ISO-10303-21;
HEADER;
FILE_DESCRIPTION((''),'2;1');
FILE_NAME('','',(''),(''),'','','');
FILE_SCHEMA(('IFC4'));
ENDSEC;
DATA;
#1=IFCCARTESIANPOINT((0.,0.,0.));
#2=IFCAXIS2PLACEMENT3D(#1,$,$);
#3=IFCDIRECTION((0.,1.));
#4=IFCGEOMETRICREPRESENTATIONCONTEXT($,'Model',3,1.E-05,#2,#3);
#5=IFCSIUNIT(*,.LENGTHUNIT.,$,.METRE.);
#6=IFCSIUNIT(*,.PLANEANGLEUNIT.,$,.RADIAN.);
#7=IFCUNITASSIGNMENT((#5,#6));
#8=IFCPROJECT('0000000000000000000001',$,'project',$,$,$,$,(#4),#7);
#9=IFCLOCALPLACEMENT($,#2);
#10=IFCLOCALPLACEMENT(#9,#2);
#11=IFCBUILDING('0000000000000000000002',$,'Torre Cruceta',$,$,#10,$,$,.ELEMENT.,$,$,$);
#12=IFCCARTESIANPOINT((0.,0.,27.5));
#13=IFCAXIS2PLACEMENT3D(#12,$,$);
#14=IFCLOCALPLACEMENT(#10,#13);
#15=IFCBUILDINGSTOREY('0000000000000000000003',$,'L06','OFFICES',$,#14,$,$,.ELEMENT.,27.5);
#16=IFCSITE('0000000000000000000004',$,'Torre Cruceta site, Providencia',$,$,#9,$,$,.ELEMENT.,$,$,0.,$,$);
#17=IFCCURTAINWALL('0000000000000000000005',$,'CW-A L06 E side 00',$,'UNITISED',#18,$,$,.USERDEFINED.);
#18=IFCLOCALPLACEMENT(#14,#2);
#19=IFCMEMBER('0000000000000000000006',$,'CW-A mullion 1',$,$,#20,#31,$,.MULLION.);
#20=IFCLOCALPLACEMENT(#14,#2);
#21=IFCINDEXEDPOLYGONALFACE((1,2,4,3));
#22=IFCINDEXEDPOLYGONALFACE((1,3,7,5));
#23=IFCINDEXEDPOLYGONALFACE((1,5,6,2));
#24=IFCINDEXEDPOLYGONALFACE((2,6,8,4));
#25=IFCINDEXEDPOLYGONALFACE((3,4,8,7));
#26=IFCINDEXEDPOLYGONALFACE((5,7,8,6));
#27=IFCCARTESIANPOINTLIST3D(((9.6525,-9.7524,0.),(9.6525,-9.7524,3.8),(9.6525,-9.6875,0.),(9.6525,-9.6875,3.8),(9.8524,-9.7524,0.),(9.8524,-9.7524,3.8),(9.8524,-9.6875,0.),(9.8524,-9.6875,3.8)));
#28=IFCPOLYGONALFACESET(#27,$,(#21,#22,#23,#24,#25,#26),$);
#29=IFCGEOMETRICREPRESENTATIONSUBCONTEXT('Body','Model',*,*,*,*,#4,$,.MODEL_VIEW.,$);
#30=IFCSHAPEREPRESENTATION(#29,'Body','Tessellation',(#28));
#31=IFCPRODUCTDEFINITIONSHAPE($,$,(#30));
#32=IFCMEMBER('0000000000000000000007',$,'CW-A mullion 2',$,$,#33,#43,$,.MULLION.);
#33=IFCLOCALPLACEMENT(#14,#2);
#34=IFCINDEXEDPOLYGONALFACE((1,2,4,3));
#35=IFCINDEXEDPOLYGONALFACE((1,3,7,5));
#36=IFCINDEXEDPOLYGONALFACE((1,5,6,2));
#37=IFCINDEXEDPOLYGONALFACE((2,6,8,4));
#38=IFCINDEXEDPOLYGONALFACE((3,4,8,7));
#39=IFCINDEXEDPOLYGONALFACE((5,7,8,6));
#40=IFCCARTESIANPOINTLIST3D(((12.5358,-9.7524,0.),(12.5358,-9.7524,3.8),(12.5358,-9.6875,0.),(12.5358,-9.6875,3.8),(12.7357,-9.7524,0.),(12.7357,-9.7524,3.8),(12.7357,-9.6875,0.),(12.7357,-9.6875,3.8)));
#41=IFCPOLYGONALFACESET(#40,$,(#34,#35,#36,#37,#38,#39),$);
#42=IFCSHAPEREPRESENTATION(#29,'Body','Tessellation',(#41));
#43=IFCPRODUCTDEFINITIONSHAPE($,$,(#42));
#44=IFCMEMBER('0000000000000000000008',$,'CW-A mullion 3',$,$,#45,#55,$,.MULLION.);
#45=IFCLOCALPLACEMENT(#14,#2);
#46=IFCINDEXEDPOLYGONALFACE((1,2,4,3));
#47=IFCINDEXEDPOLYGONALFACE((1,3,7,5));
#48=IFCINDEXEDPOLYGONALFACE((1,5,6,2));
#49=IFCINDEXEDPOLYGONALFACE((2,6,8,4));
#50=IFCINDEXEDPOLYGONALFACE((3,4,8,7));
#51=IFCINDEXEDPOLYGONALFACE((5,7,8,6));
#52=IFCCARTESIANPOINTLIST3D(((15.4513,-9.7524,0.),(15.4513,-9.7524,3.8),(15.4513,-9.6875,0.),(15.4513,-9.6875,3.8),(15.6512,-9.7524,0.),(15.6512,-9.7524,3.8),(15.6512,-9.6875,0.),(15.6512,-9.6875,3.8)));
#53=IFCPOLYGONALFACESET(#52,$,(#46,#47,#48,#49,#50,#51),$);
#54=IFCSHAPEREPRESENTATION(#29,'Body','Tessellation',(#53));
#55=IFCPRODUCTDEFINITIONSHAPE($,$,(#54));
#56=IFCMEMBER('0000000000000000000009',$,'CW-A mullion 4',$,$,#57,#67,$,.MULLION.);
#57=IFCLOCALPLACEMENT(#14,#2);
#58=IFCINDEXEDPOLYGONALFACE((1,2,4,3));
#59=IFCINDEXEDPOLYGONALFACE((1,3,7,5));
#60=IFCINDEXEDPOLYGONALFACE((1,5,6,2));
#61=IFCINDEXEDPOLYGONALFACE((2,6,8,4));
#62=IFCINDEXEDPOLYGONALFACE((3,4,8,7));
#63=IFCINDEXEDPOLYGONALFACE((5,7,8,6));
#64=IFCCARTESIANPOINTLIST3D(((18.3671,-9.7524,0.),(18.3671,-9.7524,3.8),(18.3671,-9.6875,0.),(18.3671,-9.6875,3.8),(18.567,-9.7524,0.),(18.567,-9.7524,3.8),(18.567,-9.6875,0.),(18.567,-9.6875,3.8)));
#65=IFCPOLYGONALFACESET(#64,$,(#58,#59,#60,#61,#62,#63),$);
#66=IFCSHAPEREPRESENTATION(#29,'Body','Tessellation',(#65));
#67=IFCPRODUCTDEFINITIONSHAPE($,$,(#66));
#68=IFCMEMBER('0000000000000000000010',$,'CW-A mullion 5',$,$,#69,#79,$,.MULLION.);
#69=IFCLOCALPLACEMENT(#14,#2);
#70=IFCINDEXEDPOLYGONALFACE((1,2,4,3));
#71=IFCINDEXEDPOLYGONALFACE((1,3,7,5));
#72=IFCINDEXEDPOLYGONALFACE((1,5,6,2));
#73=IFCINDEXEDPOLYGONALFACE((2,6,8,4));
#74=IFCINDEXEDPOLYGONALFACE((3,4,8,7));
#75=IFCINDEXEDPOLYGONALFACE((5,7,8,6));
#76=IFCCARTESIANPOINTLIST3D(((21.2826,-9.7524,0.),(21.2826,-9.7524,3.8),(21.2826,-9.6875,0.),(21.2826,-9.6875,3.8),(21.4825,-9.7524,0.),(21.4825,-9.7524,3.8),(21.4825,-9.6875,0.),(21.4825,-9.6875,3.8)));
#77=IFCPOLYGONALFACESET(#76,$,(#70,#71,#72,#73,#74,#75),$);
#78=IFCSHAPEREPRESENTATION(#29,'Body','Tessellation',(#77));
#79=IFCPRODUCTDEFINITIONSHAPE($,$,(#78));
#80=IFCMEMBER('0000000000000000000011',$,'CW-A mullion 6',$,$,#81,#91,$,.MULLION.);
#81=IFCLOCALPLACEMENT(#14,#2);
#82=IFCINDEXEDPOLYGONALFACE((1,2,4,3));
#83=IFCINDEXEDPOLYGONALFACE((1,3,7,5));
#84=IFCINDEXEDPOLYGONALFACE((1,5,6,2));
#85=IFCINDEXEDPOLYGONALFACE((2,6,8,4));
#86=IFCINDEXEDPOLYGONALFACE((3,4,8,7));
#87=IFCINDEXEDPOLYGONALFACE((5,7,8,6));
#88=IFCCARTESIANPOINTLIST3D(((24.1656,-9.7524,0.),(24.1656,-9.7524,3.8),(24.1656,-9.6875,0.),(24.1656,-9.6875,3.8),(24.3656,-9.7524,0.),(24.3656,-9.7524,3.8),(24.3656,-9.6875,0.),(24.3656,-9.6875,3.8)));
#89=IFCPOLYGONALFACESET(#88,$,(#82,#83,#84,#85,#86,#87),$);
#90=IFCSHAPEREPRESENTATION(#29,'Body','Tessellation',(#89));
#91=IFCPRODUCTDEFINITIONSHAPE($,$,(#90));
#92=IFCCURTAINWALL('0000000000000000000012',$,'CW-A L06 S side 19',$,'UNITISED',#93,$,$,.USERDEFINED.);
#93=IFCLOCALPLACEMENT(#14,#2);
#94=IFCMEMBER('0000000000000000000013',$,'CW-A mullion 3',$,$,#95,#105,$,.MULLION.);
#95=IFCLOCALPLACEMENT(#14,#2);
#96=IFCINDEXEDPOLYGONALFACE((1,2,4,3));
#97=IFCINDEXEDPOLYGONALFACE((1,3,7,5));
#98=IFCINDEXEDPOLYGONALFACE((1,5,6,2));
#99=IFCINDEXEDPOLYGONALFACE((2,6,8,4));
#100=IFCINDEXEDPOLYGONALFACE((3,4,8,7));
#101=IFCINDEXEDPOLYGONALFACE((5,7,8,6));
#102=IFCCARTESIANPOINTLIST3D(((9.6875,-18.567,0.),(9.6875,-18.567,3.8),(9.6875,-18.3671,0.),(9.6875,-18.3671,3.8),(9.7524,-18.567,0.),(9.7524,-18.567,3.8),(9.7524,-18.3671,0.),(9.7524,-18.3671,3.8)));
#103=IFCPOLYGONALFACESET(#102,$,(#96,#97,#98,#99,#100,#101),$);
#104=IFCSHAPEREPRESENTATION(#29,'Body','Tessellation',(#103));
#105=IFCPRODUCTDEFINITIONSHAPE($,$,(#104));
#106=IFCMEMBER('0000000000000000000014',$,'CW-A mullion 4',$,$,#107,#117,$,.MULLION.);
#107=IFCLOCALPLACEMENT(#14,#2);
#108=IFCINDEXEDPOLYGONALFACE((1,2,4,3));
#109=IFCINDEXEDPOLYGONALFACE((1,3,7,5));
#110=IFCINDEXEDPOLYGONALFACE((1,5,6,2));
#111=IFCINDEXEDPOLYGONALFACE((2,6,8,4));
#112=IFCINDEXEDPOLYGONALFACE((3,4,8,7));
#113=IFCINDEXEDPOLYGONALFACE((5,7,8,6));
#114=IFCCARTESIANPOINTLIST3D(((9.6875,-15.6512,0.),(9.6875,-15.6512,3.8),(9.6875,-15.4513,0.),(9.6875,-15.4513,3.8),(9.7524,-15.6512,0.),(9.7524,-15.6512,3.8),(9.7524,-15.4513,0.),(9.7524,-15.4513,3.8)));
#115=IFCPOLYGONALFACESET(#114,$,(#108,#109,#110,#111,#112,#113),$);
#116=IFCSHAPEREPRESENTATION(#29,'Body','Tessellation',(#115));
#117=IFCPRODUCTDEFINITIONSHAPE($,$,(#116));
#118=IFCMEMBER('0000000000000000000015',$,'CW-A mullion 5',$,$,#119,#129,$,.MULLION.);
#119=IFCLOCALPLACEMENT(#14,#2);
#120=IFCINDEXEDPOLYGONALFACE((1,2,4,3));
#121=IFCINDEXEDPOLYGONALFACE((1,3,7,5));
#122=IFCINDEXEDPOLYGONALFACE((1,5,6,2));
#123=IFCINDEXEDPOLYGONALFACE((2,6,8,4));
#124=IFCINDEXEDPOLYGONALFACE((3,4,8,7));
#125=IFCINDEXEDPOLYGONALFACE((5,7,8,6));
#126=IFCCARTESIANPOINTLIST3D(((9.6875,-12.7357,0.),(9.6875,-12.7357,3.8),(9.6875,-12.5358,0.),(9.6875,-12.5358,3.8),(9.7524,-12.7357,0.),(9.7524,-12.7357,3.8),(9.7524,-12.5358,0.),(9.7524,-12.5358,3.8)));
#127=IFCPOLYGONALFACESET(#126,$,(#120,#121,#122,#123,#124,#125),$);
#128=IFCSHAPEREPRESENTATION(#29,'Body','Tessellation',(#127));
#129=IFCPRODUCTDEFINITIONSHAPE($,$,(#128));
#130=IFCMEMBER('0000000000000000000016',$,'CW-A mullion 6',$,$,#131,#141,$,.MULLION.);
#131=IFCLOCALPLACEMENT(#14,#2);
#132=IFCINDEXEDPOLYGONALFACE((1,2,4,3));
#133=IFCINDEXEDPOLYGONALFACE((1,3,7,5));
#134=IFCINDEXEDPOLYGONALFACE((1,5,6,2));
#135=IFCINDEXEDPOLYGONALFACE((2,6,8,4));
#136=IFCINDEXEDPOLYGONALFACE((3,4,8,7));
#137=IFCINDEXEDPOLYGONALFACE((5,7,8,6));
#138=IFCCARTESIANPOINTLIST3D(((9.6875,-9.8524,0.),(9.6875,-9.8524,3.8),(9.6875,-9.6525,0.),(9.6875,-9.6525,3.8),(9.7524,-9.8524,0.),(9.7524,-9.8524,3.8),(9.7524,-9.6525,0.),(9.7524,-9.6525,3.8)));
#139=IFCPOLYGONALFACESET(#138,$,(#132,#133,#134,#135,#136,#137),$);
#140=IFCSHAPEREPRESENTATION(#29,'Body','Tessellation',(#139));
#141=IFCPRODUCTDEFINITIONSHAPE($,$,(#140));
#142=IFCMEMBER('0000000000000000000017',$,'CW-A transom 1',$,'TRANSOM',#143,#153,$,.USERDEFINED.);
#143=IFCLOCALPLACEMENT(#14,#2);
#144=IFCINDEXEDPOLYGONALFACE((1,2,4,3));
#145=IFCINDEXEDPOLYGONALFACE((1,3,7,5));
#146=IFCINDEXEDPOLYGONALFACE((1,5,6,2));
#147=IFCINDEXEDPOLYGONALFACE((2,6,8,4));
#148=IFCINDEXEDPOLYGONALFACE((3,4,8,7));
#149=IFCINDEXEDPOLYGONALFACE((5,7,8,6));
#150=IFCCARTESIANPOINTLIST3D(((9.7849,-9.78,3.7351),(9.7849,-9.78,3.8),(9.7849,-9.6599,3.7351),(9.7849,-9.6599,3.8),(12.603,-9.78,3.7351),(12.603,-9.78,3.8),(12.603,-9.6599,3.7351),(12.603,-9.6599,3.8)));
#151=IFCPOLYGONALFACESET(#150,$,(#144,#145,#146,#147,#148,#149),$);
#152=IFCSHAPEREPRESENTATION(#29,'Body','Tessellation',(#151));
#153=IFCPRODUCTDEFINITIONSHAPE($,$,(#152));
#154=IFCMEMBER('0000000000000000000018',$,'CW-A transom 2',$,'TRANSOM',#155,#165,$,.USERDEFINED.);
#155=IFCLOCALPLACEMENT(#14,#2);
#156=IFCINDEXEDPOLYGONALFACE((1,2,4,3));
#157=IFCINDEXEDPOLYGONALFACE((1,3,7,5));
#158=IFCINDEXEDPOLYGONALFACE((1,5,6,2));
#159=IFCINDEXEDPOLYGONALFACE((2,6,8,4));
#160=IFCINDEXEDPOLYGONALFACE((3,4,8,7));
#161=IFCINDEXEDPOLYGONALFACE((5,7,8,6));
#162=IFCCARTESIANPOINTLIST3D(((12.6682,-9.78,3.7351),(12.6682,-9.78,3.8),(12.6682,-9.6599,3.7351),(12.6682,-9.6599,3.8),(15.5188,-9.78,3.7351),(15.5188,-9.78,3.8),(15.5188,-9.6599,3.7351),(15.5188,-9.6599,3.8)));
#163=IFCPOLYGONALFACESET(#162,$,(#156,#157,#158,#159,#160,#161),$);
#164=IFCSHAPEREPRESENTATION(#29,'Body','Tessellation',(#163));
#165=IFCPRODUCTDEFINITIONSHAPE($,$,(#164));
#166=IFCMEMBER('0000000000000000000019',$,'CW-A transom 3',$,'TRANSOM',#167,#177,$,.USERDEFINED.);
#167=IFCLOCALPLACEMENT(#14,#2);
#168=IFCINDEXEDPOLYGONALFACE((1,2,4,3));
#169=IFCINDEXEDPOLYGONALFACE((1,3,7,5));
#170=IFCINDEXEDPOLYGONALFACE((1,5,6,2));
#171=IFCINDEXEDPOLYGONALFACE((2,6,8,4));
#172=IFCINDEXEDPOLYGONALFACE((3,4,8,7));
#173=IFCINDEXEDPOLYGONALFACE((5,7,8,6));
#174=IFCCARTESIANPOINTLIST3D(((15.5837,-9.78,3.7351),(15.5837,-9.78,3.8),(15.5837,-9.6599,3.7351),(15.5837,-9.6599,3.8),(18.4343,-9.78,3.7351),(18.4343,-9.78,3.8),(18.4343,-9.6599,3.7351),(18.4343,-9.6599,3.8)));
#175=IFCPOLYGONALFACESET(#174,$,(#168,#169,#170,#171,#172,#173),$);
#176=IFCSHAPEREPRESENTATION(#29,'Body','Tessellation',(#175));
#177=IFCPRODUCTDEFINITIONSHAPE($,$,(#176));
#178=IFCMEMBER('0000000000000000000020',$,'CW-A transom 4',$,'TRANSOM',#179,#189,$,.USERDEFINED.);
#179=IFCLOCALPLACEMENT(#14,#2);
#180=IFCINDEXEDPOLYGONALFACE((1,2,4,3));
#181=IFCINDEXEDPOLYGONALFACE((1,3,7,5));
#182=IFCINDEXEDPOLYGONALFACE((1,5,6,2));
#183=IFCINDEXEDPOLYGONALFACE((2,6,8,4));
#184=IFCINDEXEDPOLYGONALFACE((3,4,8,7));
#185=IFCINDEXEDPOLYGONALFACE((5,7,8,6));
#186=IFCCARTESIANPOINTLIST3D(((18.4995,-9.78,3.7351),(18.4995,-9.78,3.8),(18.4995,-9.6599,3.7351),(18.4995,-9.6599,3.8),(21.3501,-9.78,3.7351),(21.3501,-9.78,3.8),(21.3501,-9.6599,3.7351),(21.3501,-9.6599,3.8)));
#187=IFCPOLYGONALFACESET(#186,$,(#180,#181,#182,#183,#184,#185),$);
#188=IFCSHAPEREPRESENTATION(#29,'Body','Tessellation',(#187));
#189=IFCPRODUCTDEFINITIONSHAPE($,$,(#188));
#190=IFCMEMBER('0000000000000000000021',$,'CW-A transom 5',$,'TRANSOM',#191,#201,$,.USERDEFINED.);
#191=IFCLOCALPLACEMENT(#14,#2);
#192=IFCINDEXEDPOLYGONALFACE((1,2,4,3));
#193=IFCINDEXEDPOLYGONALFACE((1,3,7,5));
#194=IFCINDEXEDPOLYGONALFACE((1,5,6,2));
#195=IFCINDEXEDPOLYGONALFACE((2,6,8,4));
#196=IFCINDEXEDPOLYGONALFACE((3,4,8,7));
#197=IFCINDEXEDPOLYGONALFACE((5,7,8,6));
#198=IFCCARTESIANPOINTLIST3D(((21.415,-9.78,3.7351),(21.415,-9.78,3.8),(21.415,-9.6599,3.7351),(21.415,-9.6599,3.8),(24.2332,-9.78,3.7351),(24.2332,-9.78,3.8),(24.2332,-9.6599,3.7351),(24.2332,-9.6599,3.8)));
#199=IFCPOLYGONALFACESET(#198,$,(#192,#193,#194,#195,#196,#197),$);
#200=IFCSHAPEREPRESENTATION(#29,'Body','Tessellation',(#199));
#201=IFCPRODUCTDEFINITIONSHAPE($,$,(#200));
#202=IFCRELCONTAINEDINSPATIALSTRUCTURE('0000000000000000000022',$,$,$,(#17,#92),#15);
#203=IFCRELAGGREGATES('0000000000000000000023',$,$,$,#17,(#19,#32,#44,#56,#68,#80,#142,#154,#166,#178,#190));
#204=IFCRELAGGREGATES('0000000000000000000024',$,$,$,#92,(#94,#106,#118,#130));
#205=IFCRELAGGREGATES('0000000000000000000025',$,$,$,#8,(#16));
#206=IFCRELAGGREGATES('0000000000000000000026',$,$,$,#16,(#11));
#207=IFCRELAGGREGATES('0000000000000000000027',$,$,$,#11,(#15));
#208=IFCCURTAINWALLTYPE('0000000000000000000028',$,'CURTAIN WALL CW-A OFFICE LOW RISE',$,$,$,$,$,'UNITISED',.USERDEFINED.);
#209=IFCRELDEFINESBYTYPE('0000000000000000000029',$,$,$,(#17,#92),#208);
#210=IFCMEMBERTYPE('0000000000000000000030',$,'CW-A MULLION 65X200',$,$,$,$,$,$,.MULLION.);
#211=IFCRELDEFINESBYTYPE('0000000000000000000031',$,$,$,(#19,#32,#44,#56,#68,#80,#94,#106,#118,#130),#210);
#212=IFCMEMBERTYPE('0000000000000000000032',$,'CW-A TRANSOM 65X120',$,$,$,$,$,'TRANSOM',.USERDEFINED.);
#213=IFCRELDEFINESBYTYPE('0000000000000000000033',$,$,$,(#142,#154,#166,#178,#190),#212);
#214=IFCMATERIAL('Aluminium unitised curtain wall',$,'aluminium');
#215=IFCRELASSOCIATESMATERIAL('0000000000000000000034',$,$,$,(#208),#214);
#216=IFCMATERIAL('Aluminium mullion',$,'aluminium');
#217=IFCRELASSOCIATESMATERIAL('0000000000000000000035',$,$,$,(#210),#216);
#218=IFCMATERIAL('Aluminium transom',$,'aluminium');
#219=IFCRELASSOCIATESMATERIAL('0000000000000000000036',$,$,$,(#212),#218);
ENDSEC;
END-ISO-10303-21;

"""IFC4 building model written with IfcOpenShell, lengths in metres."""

from ifc_helpers import new_model, si_unit, direction, frame, origin, origin_2d, place, context, subcontext, project, spatial, rectangle, extrude, material, material_profile, profile_set, type_object, element, aggregate, save


model = new_model("IFC4")

# Units and contexts
model_context = context("Model", 3, precision=1e-05, world=origin(), true_north=direction((0.0, 1.0)))
body_context = subcontext(model_context, "Body", "Model", "MODEL_VIEW")
ifc_project = project(units=[si_unit("LENGTHUNIT", "METRE"), si_unit("PLANEANGLEUNIT", "RADIAN")], contexts=[model_context])

# Site, building, storey
site_placement = place(None, origin())
site = spatial("IfcSite", under=ifc_project, at=site_placement, Name="Torre Cruceta site, Providencia", CompositionType="ELEMENT", RefElevation=0.0)
building_placement = place(site_placement, origin())
building = spatial("IfcBuilding", under=site, at=building_placement, Name="Torre Cruceta", CompositionType="ELEMENT")
storey_placement = place(building_placement, frame((0.0, 0.0, 27.5)))
storey = spatial("IfcBuildingStorey", under=building, at=storey_placement, Name="L06", Description="OFFICES", CompositionType="ELEMENT", Elevation=27.5)

# Curtain walls, members
ifc_material_1 = material(Name="Aluminium unitised curtain wall", Category="aluminium")
curtain_wall_type = type_object("IfcCurtainWallType", Name="CURTAIN WALL CW-A OFFICE LOW RISE", ElementType="UNITISED", PredefinedType="USERDEFINED", material=ifc_material_1)
curtain_wall_1_placement = place(storey_placement, origin())
curtain_wall_1 = element("IfcCurtainWall", 1, at=curtain_wall_1_placement, inside=storey, type_object=curtain_wall_type, Name="CW-A L06 E side 00", ObjectType="UNITISED", PredefinedType="USERDEFINED")
ifc_material_2 = material(Name="Aluminium mullion", Category="aluminium")
ifc_material_profile_1 = material_profile(ifc_material_2, rectangle(XDim=0.0649, YDim=0.2, at=origin_2d()), Name="AL 65X200")
ifc_profile_set_1 = profile_set([ifc_material_profile_1], Name="Aluminium mullion")
member_type_1 = type_object("IfcMemberType", Name="CW-A MULLION 65X200", PredefinedType="MULLION", material=ifc_profile_set_1)
member_1_placement = place(storey_placement, frame((9.7524, -9.72, 0.0), z_axis=(0.0, 0.0, 1.0), x_axis=(0.0, 1.0, 0.0)))
member_1 = element("IfcMember", 2, at=member_1_placement, type_object=member_type_1, Name="CW-A mullion 1", PredefinedType="MULLION", context=body_context, shape_type="SweptSolid", body=[
    extrude(rectangle(XDim=0.0649, YDim=0.2, at=origin_2d()), origin(), (0.0, 0.0, 1.0), 3.8),
])
member_2_placement = place(storey_placement, frame((12.6357, -9.72, 0.0), z_axis=(0.0, 0.0, 1.0), x_axis=(0.0, 1.0, 0.0)))
member_2 = element("IfcMember", 3, at=member_2_placement, type_object=member_type_1, Name="CW-A mullion 2", PredefinedType="MULLION", context=body_context, shape_type="SweptSolid", body=[
    extrude(rectangle(XDim=0.0649, YDim=0.2, at=origin_2d()), origin(), (0.0, 0.0, 1.0), 3.8),
])
member_3_placement = place(storey_placement, frame((15.5513, -9.72, 0.0), z_axis=(0.0, 0.0, 1.0), x_axis=(0.0, 1.0, 0.0)))
member_3 = element("IfcMember", 4, at=member_3_placement, type_object=member_type_1, Name="CW-A mullion 3", PredefinedType="MULLION", context=body_context, shape_type="SweptSolid", body=[
    extrude(rectangle(XDim=0.0649, YDim=0.2, at=origin_2d()), origin(), (0.0, 0.0, 1.0), 3.8),
])
member_4_placement = place(storey_placement, frame((18.467, -9.72, 0.0), z_axis=(0.0, 0.0, 1.0), x_axis=(0.0, 1.0, 0.0)))
member_4 = element("IfcMember", 5, at=member_4_placement, type_object=member_type_1, Name="CW-A mullion 4", PredefinedType="MULLION", context=body_context, shape_type="SweptSolid", body=[
    extrude(rectangle(XDim=0.0649, YDim=0.2, at=origin_2d()), origin(), (0.0, 0.0, 1.0), 3.8),
])
member_5_placement = place(storey_placement, frame((21.3826, -9.72, 0.0), z_axis=(0.0, 0.0, 1.0), x_axis=(0.0, 1.0, 0.0)))
member_5 = element("IfcMember", 6, at=member_5_placement, type_object=member_type_1, Name="CW-A mullion 5", PredefinedType="MULLION", context=body_context, shape_type="SweptSolid", body=[
    extrude(rectangle(XDim=0.0649, YDim=0.2, at=origin_2d()), origin(), (0.0, 0.0, 1.0), 3.8),
])
member_6_placement = place(storey_placement, frame((24.2656, -9.72, 0.0), z_axis=(0.0, 0.0, 1.0), x_axis=(0.0, 1.0, 0.0)))
member_6 = element("IfcMember", 7, at=member_6_placement, type_object=member_type_1, Name="CW-A mullion 6", PredefinedType="MULLION", context=body_context, shape_type="SweptSolid", body=[
    extrude(rectangle(XDim=0.0649, YDim=0.2, at=origin_2d()), origin(), (0.0, 0.0, 1.0), 3.8),
])
curtain_wall_2_placement = place(storey_placement, origin())
curtain_wall_2 = element("IfcCurtainWall", 8, at=curtain_wall_2_placement, inside=storey, type_object=curtain_wall_type, Name="CW-A L06 S side 19", ObjectType="UNITISED", PredefinedType="USERDEFINED")
member_7_placement = place(storey_placement, frame((9.72, -18.467, 0.0), z_axis=(0.0, 0.0, 1.0), x_axis=(-1.0, 0.0, 0.0)))
member_7 = element("IfcMember", 9, at=member_7_placement, type_object=member_type_1, Name="CW-A mullion 3", PredefinedType="MULLION", context=body_context, shape_type="SweptSolid", body=[
    extrude(rectangle(XDim=0.0649, YDim=0.2, at=origin_2d()), origin(), (0.0, 0.0, 1.0), 3.8),
])
member_8_placement = place(storey_placement, frame((9.72, -15.5513, 0.0), z_axis=(0.0, 0.0, 1.0), x_axis=(-1.0, 0.0, 0.0)))
member_8 = element("IfcMember", 10, at=member_8_placement, type_object=member_type_1, Name="CW-A mullion 4", PredefinedType="MULLION", context=body_context, shape_type="SweptSolid", body=[
    extrude(rectangle(XDim=0.0649, YDim=0.2, at=origin_2d()), origin(), (0.0, 0.0, 1.0), 3.8),
])
member_9_placement = place(storey_placement, frame((9.72, -12.6357, 0.0), z_axis=(0.0, 0.0, 1.0), x_axis=(-1.0, 0.0, 0.0)))
member_9 = element("IfcMember", 11, at=member_9_placement, type_object=member_type_1, Name="CW-A mullion 5", PredefinedType="MULLION", context=body_context, shape_type="SweptSolid", body=[
    extrude(rectangle(XDim=0.0649, YDim=0.2, at=origin_2d()), origin(), (0.0, 0.0, 1.0), 3.8),
])
member_10_placement = place(storey_placement, frame((9.72, -9.7524, 0.0), z_axis=(0.0, 0.0, 1.0), x_axis=(-1.0, 0.0, 0.0)))
member_10 = element("IfcMember", 12, at=member_10_placement, type_object=member_type_1, Name="CW-A mullion 6", PredefinedType="MULLION", context=body_context, shape_type="SweptSolid", body=[
    extrude(rectangle(XDim=0.0649, YDim=0.2, at=origin_2d()), origin(), (0.0, 0.0, 1.0), 3.8),
])

# Members
ifc_material_3 = material(Name="Aluminium transom", Category="aluminium")
ifc_material_profile_2 = material_profile(ifc_material_3, rectangle(XDim=0.1201, YDim=0.0649, at=origin_2d()), Name="AL 120X65")
ifc_profile_set_2 = profile_set([ifc_material_profile_2], Name="Aluminium transom")
member_type_2 = type_object("IfcMemberType", Name="CW-A TRANSOM 65X120", ElementType="TRANSOM", PredefinedType="USERDEFINED", material=ifc_profile_set_2)
member_11_placement = place(storey_placement, frame((9.7849, -9.72, 3.7676), z_axis=(1.0, 0.0, 0.0), x_axis=(0.0, 1.0, 0.0)))
member_11 = element("IfcMember", 13, at=member_11_placement, type_object=member_type_2, Name="CW-A transom 1", ObjectType="TRANSOM", PredefinedType="USERDEFINED", context=body_context, shape_type="SweptSolid", body=[
    extrude(rectangle(XDim=0.1201, YDim=0.0649, at=origin_2d()), origin(), (0.0, 0.0, 1.0), 2.8181),
])
member_12_placement = place(storey_placement, frame((12.6682, -9.72, 3.7676), z_axis=(1.0, 0.0, 0.0), x_axis=(0.0, 1.0, 0.0)))
member_12 = element("IfcMember", 14, at=member_12_placement, type_object=member_type_2, Name="CW-A transom 2", ObjectType="TRANSOM", PredefinedType="USERDEFINED", context=body_context, shape_type="SweptSolid", body=[
    extrude(rectangle(XDim=0.1201, YDim=0.0649, at=origin_2d()), origin(), (0.0, 0.0, 1.0), 2.8506),
])
member_13_placement = place(storey_placement, frame((15.5837, -9.72, 3.7676), z_axis=(1.0, 0.0, 0.0), x_axis=(0.0, 1.0, 0.0)))
member_13 = element("IfcMember", 15, at=member_13_placement, type_object=member_type_2, Name="CW-A transom 3", ObjectType="TRANSOM", PredefinedType="USERDEFINED", context=body_context, shape_type="SweptSolid", body=[
    extrude(rectangle(XDim=0.1201, YDim=0.0649, at=origin_2d()), origin(), (0.0, 0.0, 1.0), 2.8506),
])
member_14_placement = place(storey_placement, frame((18.4995, -9.72, 3.7676), z_axis=(1.0, 0.0, 0.0), x_axis=(0.0, 1.0, 0.0)))
member_14 = element("IfcMember", 16, at=member_14_placement, type_object=member_type_2, Name="CW-A transom 4", ObjectType="TRANSOM", PredefinedType="USERDEFINED", context=body_context, shape_type="SweptSolid", body=[
    extrude(rectangle(XDim=0.1201, YDim=0.0649, at=origin_2d()), origin(), (0.0, 0.0, 1.0), 2.8506),
])
member_15_placement = place(storey_placement, frame((21.415, -9.72, 3.7676), z_axis=(1.0, 0.0, 0.0), x_axis=(0.0, 1.0, 0.0)))
member_15 = element("IfcMember", 17, at=member_15_placement, type_object=member_type_2, Name="CW-A transom 5", ObjectType="TRANSOM", PredefinedType="USERDEFINED", context=body_context, shape_type="SweptSolid", body=[
    extrude(rectangle(XDim=0.1201, YDim=0.0649, at=origin_2d()), origin(), (0.0, 0.0, 1.0), 2.8181),
])

aggregate(curtain_wall_1, [member_1, member_2, member_3, member_4, member_5, member_6, member_11, member_12, member_13, member_14, member_15])
aggregate(curtain_wall_2, [member_7, member_8, member_9, member_10])

save(model, "model.ifc")
